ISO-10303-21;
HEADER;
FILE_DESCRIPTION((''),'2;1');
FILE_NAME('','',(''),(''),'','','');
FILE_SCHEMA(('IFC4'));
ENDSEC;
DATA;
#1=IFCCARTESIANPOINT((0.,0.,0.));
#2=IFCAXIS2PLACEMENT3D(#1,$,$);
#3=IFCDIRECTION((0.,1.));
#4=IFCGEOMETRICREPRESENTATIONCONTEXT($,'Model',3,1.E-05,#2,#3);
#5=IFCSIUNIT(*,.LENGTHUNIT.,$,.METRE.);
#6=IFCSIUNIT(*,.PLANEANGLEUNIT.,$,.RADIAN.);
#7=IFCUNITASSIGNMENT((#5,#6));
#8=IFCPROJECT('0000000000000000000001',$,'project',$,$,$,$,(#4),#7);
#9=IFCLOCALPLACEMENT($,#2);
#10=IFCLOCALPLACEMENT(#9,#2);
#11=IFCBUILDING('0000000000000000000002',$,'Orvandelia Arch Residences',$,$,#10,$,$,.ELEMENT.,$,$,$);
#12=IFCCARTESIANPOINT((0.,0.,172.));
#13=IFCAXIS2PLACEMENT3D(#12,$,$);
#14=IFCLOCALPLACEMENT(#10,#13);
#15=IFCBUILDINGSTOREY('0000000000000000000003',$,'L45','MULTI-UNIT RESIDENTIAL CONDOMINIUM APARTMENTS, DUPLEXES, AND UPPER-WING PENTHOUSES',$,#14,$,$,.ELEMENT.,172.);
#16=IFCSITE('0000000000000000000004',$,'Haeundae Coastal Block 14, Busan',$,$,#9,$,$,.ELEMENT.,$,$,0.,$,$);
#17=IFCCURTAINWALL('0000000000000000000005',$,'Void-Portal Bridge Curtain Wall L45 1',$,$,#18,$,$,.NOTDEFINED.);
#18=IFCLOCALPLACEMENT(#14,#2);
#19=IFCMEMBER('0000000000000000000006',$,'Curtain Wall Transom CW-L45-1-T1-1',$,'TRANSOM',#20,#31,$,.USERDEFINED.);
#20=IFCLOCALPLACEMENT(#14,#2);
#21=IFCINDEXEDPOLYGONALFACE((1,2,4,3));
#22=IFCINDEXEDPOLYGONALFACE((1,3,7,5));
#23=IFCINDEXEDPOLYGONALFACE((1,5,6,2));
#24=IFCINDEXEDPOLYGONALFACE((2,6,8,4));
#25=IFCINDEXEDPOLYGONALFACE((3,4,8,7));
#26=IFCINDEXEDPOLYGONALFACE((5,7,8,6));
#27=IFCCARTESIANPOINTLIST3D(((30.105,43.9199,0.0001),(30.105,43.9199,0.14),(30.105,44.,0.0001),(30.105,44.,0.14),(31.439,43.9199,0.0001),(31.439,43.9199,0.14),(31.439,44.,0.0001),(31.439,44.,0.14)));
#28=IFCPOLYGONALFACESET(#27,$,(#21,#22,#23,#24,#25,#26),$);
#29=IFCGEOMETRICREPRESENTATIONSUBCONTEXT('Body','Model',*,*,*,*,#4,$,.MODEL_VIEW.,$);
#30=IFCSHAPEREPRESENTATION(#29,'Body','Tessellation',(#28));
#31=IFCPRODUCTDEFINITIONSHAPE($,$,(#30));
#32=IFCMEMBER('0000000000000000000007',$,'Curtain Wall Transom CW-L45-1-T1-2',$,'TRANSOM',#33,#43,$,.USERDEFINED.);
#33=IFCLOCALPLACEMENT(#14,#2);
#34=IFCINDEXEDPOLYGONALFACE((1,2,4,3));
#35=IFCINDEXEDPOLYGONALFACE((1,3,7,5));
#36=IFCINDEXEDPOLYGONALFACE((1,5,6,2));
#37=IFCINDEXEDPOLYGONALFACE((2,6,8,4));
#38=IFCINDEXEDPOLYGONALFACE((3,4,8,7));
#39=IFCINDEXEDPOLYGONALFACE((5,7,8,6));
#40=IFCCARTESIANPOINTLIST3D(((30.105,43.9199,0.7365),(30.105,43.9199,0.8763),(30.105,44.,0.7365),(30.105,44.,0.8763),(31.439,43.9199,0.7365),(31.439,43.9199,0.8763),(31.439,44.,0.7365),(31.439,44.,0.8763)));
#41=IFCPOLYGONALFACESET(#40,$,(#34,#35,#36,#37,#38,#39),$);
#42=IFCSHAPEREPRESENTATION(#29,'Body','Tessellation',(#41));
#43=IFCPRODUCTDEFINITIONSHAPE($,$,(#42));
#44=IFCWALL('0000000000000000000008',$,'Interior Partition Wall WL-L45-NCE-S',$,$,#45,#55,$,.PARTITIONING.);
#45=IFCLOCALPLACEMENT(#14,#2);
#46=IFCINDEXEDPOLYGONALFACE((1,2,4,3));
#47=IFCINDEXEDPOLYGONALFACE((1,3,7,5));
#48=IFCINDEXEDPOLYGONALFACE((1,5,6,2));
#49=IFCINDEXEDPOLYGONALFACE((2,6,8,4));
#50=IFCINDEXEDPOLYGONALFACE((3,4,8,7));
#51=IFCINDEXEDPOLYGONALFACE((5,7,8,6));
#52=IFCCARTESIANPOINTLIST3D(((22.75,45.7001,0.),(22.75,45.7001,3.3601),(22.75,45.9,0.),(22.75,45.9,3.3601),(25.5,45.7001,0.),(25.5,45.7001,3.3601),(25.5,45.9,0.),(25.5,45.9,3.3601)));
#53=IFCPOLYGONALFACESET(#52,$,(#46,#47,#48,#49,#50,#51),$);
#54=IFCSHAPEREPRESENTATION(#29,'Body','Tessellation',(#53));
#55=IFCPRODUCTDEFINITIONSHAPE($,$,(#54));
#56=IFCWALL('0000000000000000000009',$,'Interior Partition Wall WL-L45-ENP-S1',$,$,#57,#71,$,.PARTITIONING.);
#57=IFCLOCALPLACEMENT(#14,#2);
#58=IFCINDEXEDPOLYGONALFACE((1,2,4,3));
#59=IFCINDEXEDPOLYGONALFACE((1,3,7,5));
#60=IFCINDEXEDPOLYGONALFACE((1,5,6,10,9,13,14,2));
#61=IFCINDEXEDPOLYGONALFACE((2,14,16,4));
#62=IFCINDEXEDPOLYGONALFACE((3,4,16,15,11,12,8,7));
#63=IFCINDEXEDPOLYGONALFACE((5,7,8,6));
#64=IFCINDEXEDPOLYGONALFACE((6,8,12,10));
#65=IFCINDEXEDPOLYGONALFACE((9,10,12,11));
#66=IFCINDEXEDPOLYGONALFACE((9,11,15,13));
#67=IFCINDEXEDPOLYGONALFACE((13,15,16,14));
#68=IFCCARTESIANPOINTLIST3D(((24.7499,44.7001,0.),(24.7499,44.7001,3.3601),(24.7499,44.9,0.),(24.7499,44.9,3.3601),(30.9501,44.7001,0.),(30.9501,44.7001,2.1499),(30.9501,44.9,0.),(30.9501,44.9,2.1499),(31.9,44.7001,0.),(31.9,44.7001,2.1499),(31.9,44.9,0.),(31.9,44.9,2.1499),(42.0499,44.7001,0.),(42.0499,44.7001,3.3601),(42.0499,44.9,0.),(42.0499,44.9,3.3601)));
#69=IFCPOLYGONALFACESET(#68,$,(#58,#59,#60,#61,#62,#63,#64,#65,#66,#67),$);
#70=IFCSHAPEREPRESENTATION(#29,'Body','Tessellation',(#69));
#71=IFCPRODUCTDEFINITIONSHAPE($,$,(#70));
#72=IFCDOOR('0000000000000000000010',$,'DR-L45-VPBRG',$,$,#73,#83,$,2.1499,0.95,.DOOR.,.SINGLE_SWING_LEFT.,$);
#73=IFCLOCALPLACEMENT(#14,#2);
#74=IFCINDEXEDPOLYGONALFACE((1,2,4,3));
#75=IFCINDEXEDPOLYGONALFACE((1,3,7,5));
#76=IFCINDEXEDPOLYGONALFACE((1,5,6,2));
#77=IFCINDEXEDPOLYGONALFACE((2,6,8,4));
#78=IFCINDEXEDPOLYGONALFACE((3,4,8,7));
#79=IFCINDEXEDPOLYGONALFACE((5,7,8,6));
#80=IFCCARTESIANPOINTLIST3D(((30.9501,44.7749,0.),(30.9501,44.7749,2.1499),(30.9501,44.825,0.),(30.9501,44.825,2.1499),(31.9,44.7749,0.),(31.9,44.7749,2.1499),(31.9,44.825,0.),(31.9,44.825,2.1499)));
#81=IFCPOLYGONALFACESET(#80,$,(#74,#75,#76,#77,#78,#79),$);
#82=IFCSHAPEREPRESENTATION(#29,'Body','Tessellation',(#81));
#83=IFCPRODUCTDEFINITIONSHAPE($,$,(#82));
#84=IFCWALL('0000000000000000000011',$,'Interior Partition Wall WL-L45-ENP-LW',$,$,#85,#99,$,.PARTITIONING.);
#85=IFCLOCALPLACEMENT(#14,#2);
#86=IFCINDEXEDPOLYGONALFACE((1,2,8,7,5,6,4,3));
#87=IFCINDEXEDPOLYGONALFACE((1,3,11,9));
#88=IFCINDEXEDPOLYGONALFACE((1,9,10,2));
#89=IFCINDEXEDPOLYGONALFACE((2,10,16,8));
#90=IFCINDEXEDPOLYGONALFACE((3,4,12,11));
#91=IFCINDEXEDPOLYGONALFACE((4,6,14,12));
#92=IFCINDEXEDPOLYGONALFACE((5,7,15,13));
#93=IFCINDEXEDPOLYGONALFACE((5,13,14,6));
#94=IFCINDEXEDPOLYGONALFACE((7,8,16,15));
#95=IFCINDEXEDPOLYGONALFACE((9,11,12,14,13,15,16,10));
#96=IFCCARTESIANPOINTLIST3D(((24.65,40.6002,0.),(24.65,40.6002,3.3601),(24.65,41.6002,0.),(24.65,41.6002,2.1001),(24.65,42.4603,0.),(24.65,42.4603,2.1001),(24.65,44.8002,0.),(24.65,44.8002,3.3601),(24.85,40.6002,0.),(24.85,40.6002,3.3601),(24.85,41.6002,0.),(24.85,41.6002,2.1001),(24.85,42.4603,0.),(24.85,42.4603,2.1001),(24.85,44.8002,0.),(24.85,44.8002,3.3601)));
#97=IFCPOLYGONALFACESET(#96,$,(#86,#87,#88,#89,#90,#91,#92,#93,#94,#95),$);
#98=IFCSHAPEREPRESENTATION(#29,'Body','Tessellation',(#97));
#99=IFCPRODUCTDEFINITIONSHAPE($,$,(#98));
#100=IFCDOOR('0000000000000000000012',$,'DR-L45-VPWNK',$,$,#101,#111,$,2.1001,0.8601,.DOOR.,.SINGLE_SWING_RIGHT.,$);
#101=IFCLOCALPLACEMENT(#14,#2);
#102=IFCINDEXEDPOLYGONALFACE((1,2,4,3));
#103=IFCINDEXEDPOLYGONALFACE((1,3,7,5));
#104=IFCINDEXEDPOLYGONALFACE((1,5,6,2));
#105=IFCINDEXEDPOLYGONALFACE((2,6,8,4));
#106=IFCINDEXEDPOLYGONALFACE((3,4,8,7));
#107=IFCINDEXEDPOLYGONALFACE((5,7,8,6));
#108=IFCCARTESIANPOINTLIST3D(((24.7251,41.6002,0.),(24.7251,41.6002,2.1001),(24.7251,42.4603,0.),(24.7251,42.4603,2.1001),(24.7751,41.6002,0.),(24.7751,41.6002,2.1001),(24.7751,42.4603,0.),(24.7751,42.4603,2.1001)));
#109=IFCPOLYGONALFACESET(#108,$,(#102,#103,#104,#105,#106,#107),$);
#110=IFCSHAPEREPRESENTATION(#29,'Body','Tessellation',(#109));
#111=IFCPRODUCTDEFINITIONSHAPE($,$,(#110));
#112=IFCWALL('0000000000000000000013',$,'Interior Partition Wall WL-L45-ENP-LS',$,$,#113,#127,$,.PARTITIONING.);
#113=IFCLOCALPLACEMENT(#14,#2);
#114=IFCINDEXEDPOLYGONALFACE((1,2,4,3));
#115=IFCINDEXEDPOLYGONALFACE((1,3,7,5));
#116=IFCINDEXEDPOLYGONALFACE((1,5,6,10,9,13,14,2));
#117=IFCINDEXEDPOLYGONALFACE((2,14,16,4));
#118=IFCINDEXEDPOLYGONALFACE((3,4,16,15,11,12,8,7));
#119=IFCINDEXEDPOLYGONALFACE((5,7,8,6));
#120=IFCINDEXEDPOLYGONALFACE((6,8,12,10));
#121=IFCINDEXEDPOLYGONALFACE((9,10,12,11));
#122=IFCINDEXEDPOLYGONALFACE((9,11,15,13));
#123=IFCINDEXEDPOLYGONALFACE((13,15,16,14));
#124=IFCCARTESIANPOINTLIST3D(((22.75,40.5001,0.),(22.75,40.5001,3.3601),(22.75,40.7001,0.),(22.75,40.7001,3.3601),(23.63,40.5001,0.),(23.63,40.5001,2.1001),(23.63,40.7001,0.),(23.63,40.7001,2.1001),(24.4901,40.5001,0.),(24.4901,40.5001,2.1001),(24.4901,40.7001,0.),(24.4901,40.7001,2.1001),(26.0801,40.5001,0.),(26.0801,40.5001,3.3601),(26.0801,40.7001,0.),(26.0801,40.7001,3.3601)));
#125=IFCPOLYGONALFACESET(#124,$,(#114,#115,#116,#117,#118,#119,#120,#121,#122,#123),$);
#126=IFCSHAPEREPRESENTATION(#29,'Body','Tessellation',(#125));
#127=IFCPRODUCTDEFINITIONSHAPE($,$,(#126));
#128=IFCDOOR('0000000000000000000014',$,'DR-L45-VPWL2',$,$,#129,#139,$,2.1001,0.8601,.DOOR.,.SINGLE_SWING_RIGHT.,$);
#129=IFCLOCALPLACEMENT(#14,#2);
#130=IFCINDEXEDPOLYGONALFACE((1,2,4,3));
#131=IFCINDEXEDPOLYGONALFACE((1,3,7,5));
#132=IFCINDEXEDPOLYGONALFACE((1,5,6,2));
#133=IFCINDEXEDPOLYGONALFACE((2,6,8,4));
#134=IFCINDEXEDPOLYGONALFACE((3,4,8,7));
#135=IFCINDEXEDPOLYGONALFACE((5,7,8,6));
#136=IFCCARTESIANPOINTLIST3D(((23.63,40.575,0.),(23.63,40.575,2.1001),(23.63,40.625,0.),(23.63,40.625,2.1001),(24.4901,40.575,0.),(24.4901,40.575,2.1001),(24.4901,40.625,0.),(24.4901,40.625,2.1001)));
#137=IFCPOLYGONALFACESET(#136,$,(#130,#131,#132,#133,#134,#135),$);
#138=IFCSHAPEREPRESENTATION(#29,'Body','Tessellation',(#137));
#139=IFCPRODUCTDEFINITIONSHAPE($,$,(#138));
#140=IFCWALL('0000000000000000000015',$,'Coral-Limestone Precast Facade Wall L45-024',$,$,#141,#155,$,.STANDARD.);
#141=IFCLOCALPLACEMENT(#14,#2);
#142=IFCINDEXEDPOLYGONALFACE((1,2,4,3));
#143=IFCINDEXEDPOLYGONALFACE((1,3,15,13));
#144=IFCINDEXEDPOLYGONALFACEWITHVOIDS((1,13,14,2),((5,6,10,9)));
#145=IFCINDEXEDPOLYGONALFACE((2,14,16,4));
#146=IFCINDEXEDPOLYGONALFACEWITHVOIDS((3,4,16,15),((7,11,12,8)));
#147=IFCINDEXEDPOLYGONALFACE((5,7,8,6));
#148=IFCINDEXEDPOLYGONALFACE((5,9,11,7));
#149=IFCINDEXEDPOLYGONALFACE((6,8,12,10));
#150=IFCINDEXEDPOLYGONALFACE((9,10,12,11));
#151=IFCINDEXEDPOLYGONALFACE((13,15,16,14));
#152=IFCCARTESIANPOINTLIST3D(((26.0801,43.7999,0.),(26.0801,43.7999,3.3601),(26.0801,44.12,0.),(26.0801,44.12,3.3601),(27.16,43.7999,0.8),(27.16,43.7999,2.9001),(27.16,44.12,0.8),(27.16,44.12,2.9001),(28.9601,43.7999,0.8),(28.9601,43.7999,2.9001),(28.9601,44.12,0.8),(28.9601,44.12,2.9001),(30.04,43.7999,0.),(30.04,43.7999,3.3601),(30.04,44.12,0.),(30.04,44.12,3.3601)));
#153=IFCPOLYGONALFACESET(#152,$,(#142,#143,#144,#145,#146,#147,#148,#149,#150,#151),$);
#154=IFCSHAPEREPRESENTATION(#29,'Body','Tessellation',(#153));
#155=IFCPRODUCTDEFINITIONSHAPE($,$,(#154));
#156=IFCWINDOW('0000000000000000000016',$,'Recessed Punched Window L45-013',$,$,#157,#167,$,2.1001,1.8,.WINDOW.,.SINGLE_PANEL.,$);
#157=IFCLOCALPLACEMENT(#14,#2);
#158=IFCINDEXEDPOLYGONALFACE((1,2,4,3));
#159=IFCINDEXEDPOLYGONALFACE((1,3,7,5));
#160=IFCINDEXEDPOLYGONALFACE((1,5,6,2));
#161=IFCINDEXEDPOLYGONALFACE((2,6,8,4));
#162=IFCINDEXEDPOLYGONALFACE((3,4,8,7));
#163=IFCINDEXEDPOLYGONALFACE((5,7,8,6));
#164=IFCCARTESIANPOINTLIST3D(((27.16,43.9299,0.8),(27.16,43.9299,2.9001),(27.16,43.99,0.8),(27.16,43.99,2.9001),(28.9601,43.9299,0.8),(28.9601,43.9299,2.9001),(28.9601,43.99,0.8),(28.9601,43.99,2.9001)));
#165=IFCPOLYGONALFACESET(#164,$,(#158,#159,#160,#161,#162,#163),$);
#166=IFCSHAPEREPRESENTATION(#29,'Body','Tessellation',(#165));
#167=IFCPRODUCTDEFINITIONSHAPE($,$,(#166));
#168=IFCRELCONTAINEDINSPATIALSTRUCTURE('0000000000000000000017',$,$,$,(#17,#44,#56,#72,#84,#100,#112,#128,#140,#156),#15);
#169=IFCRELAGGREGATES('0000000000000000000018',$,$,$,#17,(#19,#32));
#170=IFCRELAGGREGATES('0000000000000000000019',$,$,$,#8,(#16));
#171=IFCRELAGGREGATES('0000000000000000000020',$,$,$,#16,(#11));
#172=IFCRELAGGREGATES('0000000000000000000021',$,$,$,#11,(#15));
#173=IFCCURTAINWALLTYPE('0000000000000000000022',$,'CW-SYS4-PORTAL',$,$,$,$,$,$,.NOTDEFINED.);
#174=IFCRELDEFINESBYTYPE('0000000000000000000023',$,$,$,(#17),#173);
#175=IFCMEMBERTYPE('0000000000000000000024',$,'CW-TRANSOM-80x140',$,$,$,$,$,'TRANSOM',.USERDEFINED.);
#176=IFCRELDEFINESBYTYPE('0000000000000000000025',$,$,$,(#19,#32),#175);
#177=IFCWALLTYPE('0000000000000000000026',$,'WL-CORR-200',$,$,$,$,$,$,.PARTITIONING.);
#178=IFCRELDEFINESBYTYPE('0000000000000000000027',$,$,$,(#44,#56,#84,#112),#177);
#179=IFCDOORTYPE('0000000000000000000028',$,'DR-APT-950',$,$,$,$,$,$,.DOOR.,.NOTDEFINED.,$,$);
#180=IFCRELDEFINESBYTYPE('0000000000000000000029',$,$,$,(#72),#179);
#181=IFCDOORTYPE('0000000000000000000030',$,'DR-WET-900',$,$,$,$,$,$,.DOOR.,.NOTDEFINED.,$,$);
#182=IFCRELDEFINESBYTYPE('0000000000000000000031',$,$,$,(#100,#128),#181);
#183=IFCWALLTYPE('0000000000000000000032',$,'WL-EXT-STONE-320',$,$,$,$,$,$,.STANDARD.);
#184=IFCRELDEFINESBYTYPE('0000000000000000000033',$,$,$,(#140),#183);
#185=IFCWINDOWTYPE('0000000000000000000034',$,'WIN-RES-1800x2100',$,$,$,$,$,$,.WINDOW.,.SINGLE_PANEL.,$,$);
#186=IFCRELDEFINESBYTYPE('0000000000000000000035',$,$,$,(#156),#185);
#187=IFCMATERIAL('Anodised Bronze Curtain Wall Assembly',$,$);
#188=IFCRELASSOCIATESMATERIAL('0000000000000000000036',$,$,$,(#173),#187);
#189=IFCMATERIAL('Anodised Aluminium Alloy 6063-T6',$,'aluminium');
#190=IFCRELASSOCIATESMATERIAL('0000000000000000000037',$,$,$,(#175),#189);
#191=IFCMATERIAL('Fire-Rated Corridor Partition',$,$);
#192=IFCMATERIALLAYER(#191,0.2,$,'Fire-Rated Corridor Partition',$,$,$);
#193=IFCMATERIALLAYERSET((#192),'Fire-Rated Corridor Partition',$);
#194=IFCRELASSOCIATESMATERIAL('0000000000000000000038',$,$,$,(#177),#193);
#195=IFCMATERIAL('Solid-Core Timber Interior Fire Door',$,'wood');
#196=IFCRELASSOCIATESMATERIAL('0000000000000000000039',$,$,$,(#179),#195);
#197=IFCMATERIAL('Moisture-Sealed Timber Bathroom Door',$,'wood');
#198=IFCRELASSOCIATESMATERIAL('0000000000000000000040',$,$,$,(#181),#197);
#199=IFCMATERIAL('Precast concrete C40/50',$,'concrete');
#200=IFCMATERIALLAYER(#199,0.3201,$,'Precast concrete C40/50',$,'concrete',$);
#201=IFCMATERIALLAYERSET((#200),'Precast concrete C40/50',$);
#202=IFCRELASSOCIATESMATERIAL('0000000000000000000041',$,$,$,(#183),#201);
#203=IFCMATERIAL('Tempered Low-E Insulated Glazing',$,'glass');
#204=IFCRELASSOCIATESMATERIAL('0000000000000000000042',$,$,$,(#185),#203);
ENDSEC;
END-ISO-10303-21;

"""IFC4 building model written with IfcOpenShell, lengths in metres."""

from ifc_helpers import new_model, si_unit, direction, frame, frame_2d, origin, origin_2d, place, context, subcontext, project, spatial, rectangle, extrude, material, layer, layer_set, material_profile, profile_set, type_object, element, fill, aggregate, save


model = new_model("IFC4")

# Units and contexts
model_context = context("Model", 3, precision=1e-05, world=origin(), true_north=direction((0.0, 1.0)))
body_context = subcontext(model_context, "Body", "Model", "MODEL_VIEW")
ifc_project = project(units=[si_unit("LENGTHUNIT", "METRE"), si_unit("PLANEANGLEUNIT", "RADIAN")], contexts=[model_context])

# Site, building, storey
site_placement = place(None, origin())
site = spatial("IfcSite", under=ifc_project, at=site_placement, Name="Haeundae Coastal Block 14, Busan", CompositionType="ELEMENT", RefElevation=0.0)
building_placement = place(site_placement, origin())
building = spatial("IfcBuilding", under=site, at=building_placement, Name="Orvandelia Arch Residences", CompositionType="ELEMENT")
storey_placement = place(building_placement, frame((0.0, 0.0, 172.0)))
storey = spatial("IfcBuildingStorey", under=building, at=storey_placement, Name="L45", Description="MULTI-UNIT RESIDENTIAL CONDOMINIUM APARTMENTS, DUPLEXES, AND UPPER-WING PENTHOUSES", CompositionType="ELEMENT", Elevation=172.0)

# Curtain wall, members
ifc_material_1 = material(Name="Anodised Bronze Curtain Wall Assembly")
curtain_wall_type = type_object("IfcCurtainWallType", Name="CW-SYS4-PORTAL", PredefinedType="NOTDEFINED", material=ifc_material_1)
curtain_wall_placement = place(storey_placement, origin())
curtain_wall = element("IfcCurtainWall", 1, at=curtain_wall_placement, inside=storey, type_object=curtain_wall_type, Name="Void-Portal Bridge Curtain Wall L45 1", PredefinedType="NOTDEFINED")
ifc_material_2 = material(Name="Anodised Aluminium Alloy 6063-T6", Category="aluminium")
ifc_material_profile_1 = material_profile(ifc_material_2, rectangle(XDim=0.0801, YDim=0.1399, at=origin_2d()), Name="Anodised Aluminium Alloy 6063-T6", Category="aluminium")
ifc_profile_set_1 = profile_set([ifc_material_profile_1], Name="Anodised Aluminium Alloy 6063-T6")
member_type_1 = type_object("IfcMemberType", Name="CW-TRANSOM-80x140", ElementType="TRANSOM", PredefinedType="USERDEFINED", material=ifc_profile_set_1)
member_1_placement = place(storey_placement, frame((30.105, 43.96, 0.0701), z_axis=(1.0, 0.0, 0.0), x_axis=(0.0, 1.0, 0.0)))
member_1 = element("IfcMember", 2, at=member_1_placement, type_object=member_type_1, Name="Curtain Wall Transom CW-L45-1-T1-1", ObjectType="TRANSOM", PredefinedType="USERDEFINED", context=body_context, shape_type="SweptSolid", body=[
    extrude(rectangle(XDim=0.0801, YDim=0.1399, at=origin_2d()), origin(), (0.0, 0.0, 1.0), 1.334),
])
member_2_placement = place(storey_placement, frame((30.105, 43.96, 0.8064), z_axis=(1.0, 0.0, 0.0), x_axis=(0.0, 1.0, 0.0)))
member_2 = element("IfcMember", 3, at=member_2_placement, type_object=member_type_1, Name="Curtain Wall Transom CW-L45-1-T1-2", ObjectType="TRANSOM", PredefinedType="USERDEFINED", context=body_context, shape_type="SweptSolid", body=[
    extrude(rectangle(XDim=0.0801, YDim=0.1399, at=origin_2d()), origin(), (0.0, 0.0, 1.0), 1.334),
])
aggregate(curtain_wall, [member_1, member_2])

# Wall
ifc_material_3 = material(Name="Fire-Rated Corridor Partition")
ifc_layer_1 = layer(ifc_material_3, 0.2, Name="Fire-Rated Corridor Partition")
ifc_layer_set_1 = layer_set([ifc_layer_1], Name="Fire-Rated Corridor Partition")
wall_type_1 = type_object("IfcWallType", Name="WL-CORR-200", PredefinedType="PARTITIONING", material=ifc_layer_set_1)
wall_1_placement = place(storey_placement, frame((22.75, 45.8, 0.0), z_axis=(0.0, 0.0, 1.0), x_axis=(1.0, 0.0, 0.0)))
element("IfcWall", 4, at=wall_1_placement, inside=storey, type_object=wall_type_1, Name="Interior Partition Wall WL-L45-NCE-S", PredefinedType="PARTITIONING", context=body_context, shape_type="SweptSolid", body=[
    extrude(rectangle(XDim=2.75, YDim=0.2, at=frame_2d((1.375, 0.0))), origin(), (0.0, 0.0, 1.0), 3.3601),
])

# Walls, openings, doors
wall_2_placement = place(storey_placement, frame((24.75, 44.8, 0.0), z_axis=(0.0, 0.0, 1.0), x_axis=(1.0, 0.0, 0.0)))
wall_2 = element("IfcWall", 5, at=wall_2_placement, inside=storey, type_object=wall_type_1, Name="Interior Partition Wall WL-L45-ENP-S1", PredefinedType="PARTITIONING", context=body_context, shape_type="SweptSolid", body=[
    extrude(rectangle(XDim=17.3, YDim=0.2, at=frame_2d((8.6499, 0.0))), origin(), (0.0, 0.0, 1.0), 3.3601),
])
opening_1_placement = place(wall_2_placement, frame((6.2, 0.0, 0.0)))
opening_1 = element("IfcOpeningElement", 6, at=opening_1_placement, cuts=wall_2, PredefinedType="OPENING", context=body_context, shape_type="SweptSolid", body=[
    extrude(rectangle(XDim=0.95, YDim=2.1499, at=frame_2d((0.4751, 1.075))), frame((0.0, 0.1099, 0.0), z_axis=(0.0, -1.0, 0.0), x_axis=(1.0, 0.0, 0.0)), (0.0, 0.0, 1.0), 0.22),
])
ifc_material_4 = material(Name="Solid-Core Timber Interior Fire Door", Category="wood")
door_type_1 = type_object("IfcDoorType", Name="DR-APT-950", OperationType="NOTDEFINED", PredefinedType="DOOR", material=ifc_material_4)
door_1_placement = place(opening_1_placement, origin())
door_1 = element("IfcDoor", 7, at=door_1_placement, inside=storey, type_object=door_type_1, Name="DR-L45-VPBRG", OperationType="SINGLE_SWING_LEFT", OverallHeight=2.1499, OverallWidth=0.95, PredefinedType="DOOR", context=body_context, shape_type="SweptSolid", body=[
    extrude(rectangle(XDim=0.95, YDim=2.1499, at=frame_2d((0.4751, 1.075))), frame((0.0, 0.0249, 0.0), z_axis=(0.0, -1.0, 0.0), x_axis=(1.0, 0.0, 0.0)), (0.0, 0.0, 1.0), 0.05),
])
fill(opening_1, door_1)
wall_3_placement = place(storey_placement, frame((24.75, 40.6001, 0.0), z_axis=(0.0, 0.0, 1.0), x_axis=(0.0, 1.0, 0.0)))
wall_3 = element("IfcWall", 8, at=wall_3_placement, inside=storey, type_object=wall_type_1, Name="Interior Partition Wall WL-L45-ENP-LW", PredefinedType="PARTITIONING", context=body_context, shape_type="SweptSolid", body=[
    extrude(rectangle(XDim=4.2, YDim=0.2, at=frame_2d((2.1001, 0.0))), origin(), (0.0, 0.0, 1.0), 3.3601),
])
opening_2_placement = place(wall_3_placement, frame((1.0, 0.0, 0.0)))
opening_2 = element("IfcOpeningElement", 9, at=opening_2_placement, cuts=wall_3, PredefinedType="OPENING", context=body_context, shape_type="SweptSolid", body=[
    extrude(rectangle(XDim=0.8601, YDim=2.1001, at=frame_2d((0.4302, 1.05))), frame((0.0, 0.1099, 0.0), z_axis=(0.0, -1.0, 0.0), x_axis=(1.0, 0.0, 0.0)), (0.0, 0.0, 1.0), 0.22),
])
ifc_material_5 = material(Name="Moisture-Sealed Timber Bathroom Door", Category="wood")
door_type_2 = type_object("IfcDoorType", Name="DR-WET-900", OperationType="NOTDEFINED", PredefinedType="DOOR", material=ifc_material_5)
door_2_placement = place(opening_2_placement, origin())
door_2 = element("IfcDoor", 10, at=door_2_placement, inside=storey, type_object=door_type_2, Name="DR-L45-VPWNK", OperationType="SINGLE_SWING_RIGHT", OverallHeight=2.1001, OverallWidth=0.8601, PredefinedType="DOOR", context=body_context, shape_type="SweptSolid", body=[
    extrude(rectangle(XDim=0.8601, YDim=2.1001, at=frame_2d((0.4302, 1.05))), frame((0.0, 0.0249, 0.0), z_axis=(0.0, -1.0, 0.0), x_axis=(1.0, 0.0, 0.0)), (0.0, 0.0, 1.0), 0.05),
])
fill(opening_2, door_2)
wall_4_placement = place(storey_placement, frame((22.75, 40.6001, 0.0), z_axis=(0.0, 0.0, 1.0), x_axis=(1.0, 0.0, 0.0)))
wall_4 = element("IfcWall", 11, at=wall_4_placement, inside=storey, type_object=wall_type_1, Name="Interior Partition Wall WL-L45-ENP-LS", PredefinedType="PARTITIONING", context=body_context, shape_type="SweptSolid", body=[
    extrude(rectangle(XDim=3.3301, YDim=0.2, at=frame_2d((1.665, 0.0))), origin(), (0.0, 0.0, 1.0), 3.3601),
])
opening_3_placement = place(wall_4_placement, frame((0.8799, 0.0, 0.0)))
opening_3 = element("IfcOpeningElement", 12, at=opening_3_placement, cuts=wall_4, PredefinedType="OPENING", context=body_context, shape_type="SweptSolid", body=[
    extrude(rectangle(XDim=0.8601, YDim=2.1001, at=frame_2d((0.4302, 1.05))), frame((0.0, 0.1099, 0.0), z_axis=(0.0, -1.0, 0.0), x_axis=(1.0, 0.0, 0.0)), (0.0, 0.0, 1.0), 0.22),
])
door_3_placement = place(opening_3_placement, origin())
door_3 = element("IfcDoor", 13, at=door_3_placement, inside=storey, type_object=door_type_2, Name="DR-L45-VPWL2", OperationType="SINGLE_SWING_RIGHT", OverallHeight=2.1001, OverallWidth=0.8601, PredefinedType="DOOR", context=body_context, shape_type="SweptSolid", body=[
    extrude(rectangle(XDim=0.8601, YDim=2.1001, at=frame_2d((0.4302, 1.05))), frame((0.0, 0.0249, 0.0), z_axis=(0.0, -1.0, 0.0), x_axis=(1.0, 0.0, 0.0)), (0.0, 0.0, 1.0), 0.05),
])
fill(opening_3, door_3)

# Wall, opening, window
ifc_material_6 = material(Name="Precast concrete C40/50", Category="concrete")
ifc_layer_2 = layer(ifc_material_6, 0.3201, Name="Precast concrete C40/50", Category="concrete")
ifc_layer_set_2 = layer_set([ifc_layer_2], Name="Precast concrete C40/50")
wall_type_2 = type_object("IfcWallType", Name="WL-EXT-STONE-320", PredefinedType="STANDARD", material=ifc_layer_set_2)
wall_5_placement = place(storey_placement, frame((30.04, 43.96, 0.0), z_axis=(0.0, 0.0, 1.0), x_axis=(-1.0, 0.0, 0.0)))
wall_5 = element("IfcWall", 14, at=wall_5_placement, inside=storey, type_object=wall_type_2, Name="Coral-Limestone Precast Facade Wall L45-024", PredefinedType="STANDARD", context=body_context, shape_type="SweptSolid", body=[
    extrude(rectangle(XDim=3.96, YDim=0.3201, at=frame_2d((1.98, 0.0))), origin(), (0.0, 0.0, 1.0), 3.3601),
])
opening_4_placement = place(wall_5_placement, frame((1.0801, 0.0, 0.8)))
opening_4 = element("IfcOpeningElement", 15, at=opening_4_placement, cuts=wall_5, PredefinedType="OPENING", context=body_context, shape_type="SweptSolid", body=[
    extrude(rectangle(XDim=1.8, YDim=2.1001, at=frame_2d((0.8999, 1.05))), frame((0.0, 0.1699, 0.0), z_axis=(0.0, -1.0, 0.0), x_axis=(1.0, 0.0, 0.0)), (0.0, 0.0, 1.0), 0.3401),
])
ifc_material_7 = material(Name="Tempered Low-E Insulated Glazing", Category="glass")
window_type = type_object("IfcWindowType", Name="WIN-RES-1800x2100", PartitioningType="SINGLE_PANEL", PredefinedType="WINDOW", material=ifc_material_7)
window_1_placement = place(opening_4_placement, origin())
window_1 = element("IfcWindow", 16, at=window_1_placement, inside=storey, type_object=window_type, Name="Recessed Punched Window L45-013", OverallHeight=2.1001, OverallWidth=1.8, PartitioningType="SINGLE_PANEL", PredefinedType="WINDOW", context=body_context, shape_type="SweptSolid", body=[
    extrude(rectangle(XDim=1.8, YDim=2.1001, at=frame_2d((0.8999, 1.05))), frame((0.0, 0.03, 0.0), z_axis=(0.0, -1.0, 0.0), x_axis=(1.0, 0.0, 0.0)), (0.0, 0.0, 1.0), 0.0601),
])
fill(opening_4, window_1)

save(model, "model.ifc")
